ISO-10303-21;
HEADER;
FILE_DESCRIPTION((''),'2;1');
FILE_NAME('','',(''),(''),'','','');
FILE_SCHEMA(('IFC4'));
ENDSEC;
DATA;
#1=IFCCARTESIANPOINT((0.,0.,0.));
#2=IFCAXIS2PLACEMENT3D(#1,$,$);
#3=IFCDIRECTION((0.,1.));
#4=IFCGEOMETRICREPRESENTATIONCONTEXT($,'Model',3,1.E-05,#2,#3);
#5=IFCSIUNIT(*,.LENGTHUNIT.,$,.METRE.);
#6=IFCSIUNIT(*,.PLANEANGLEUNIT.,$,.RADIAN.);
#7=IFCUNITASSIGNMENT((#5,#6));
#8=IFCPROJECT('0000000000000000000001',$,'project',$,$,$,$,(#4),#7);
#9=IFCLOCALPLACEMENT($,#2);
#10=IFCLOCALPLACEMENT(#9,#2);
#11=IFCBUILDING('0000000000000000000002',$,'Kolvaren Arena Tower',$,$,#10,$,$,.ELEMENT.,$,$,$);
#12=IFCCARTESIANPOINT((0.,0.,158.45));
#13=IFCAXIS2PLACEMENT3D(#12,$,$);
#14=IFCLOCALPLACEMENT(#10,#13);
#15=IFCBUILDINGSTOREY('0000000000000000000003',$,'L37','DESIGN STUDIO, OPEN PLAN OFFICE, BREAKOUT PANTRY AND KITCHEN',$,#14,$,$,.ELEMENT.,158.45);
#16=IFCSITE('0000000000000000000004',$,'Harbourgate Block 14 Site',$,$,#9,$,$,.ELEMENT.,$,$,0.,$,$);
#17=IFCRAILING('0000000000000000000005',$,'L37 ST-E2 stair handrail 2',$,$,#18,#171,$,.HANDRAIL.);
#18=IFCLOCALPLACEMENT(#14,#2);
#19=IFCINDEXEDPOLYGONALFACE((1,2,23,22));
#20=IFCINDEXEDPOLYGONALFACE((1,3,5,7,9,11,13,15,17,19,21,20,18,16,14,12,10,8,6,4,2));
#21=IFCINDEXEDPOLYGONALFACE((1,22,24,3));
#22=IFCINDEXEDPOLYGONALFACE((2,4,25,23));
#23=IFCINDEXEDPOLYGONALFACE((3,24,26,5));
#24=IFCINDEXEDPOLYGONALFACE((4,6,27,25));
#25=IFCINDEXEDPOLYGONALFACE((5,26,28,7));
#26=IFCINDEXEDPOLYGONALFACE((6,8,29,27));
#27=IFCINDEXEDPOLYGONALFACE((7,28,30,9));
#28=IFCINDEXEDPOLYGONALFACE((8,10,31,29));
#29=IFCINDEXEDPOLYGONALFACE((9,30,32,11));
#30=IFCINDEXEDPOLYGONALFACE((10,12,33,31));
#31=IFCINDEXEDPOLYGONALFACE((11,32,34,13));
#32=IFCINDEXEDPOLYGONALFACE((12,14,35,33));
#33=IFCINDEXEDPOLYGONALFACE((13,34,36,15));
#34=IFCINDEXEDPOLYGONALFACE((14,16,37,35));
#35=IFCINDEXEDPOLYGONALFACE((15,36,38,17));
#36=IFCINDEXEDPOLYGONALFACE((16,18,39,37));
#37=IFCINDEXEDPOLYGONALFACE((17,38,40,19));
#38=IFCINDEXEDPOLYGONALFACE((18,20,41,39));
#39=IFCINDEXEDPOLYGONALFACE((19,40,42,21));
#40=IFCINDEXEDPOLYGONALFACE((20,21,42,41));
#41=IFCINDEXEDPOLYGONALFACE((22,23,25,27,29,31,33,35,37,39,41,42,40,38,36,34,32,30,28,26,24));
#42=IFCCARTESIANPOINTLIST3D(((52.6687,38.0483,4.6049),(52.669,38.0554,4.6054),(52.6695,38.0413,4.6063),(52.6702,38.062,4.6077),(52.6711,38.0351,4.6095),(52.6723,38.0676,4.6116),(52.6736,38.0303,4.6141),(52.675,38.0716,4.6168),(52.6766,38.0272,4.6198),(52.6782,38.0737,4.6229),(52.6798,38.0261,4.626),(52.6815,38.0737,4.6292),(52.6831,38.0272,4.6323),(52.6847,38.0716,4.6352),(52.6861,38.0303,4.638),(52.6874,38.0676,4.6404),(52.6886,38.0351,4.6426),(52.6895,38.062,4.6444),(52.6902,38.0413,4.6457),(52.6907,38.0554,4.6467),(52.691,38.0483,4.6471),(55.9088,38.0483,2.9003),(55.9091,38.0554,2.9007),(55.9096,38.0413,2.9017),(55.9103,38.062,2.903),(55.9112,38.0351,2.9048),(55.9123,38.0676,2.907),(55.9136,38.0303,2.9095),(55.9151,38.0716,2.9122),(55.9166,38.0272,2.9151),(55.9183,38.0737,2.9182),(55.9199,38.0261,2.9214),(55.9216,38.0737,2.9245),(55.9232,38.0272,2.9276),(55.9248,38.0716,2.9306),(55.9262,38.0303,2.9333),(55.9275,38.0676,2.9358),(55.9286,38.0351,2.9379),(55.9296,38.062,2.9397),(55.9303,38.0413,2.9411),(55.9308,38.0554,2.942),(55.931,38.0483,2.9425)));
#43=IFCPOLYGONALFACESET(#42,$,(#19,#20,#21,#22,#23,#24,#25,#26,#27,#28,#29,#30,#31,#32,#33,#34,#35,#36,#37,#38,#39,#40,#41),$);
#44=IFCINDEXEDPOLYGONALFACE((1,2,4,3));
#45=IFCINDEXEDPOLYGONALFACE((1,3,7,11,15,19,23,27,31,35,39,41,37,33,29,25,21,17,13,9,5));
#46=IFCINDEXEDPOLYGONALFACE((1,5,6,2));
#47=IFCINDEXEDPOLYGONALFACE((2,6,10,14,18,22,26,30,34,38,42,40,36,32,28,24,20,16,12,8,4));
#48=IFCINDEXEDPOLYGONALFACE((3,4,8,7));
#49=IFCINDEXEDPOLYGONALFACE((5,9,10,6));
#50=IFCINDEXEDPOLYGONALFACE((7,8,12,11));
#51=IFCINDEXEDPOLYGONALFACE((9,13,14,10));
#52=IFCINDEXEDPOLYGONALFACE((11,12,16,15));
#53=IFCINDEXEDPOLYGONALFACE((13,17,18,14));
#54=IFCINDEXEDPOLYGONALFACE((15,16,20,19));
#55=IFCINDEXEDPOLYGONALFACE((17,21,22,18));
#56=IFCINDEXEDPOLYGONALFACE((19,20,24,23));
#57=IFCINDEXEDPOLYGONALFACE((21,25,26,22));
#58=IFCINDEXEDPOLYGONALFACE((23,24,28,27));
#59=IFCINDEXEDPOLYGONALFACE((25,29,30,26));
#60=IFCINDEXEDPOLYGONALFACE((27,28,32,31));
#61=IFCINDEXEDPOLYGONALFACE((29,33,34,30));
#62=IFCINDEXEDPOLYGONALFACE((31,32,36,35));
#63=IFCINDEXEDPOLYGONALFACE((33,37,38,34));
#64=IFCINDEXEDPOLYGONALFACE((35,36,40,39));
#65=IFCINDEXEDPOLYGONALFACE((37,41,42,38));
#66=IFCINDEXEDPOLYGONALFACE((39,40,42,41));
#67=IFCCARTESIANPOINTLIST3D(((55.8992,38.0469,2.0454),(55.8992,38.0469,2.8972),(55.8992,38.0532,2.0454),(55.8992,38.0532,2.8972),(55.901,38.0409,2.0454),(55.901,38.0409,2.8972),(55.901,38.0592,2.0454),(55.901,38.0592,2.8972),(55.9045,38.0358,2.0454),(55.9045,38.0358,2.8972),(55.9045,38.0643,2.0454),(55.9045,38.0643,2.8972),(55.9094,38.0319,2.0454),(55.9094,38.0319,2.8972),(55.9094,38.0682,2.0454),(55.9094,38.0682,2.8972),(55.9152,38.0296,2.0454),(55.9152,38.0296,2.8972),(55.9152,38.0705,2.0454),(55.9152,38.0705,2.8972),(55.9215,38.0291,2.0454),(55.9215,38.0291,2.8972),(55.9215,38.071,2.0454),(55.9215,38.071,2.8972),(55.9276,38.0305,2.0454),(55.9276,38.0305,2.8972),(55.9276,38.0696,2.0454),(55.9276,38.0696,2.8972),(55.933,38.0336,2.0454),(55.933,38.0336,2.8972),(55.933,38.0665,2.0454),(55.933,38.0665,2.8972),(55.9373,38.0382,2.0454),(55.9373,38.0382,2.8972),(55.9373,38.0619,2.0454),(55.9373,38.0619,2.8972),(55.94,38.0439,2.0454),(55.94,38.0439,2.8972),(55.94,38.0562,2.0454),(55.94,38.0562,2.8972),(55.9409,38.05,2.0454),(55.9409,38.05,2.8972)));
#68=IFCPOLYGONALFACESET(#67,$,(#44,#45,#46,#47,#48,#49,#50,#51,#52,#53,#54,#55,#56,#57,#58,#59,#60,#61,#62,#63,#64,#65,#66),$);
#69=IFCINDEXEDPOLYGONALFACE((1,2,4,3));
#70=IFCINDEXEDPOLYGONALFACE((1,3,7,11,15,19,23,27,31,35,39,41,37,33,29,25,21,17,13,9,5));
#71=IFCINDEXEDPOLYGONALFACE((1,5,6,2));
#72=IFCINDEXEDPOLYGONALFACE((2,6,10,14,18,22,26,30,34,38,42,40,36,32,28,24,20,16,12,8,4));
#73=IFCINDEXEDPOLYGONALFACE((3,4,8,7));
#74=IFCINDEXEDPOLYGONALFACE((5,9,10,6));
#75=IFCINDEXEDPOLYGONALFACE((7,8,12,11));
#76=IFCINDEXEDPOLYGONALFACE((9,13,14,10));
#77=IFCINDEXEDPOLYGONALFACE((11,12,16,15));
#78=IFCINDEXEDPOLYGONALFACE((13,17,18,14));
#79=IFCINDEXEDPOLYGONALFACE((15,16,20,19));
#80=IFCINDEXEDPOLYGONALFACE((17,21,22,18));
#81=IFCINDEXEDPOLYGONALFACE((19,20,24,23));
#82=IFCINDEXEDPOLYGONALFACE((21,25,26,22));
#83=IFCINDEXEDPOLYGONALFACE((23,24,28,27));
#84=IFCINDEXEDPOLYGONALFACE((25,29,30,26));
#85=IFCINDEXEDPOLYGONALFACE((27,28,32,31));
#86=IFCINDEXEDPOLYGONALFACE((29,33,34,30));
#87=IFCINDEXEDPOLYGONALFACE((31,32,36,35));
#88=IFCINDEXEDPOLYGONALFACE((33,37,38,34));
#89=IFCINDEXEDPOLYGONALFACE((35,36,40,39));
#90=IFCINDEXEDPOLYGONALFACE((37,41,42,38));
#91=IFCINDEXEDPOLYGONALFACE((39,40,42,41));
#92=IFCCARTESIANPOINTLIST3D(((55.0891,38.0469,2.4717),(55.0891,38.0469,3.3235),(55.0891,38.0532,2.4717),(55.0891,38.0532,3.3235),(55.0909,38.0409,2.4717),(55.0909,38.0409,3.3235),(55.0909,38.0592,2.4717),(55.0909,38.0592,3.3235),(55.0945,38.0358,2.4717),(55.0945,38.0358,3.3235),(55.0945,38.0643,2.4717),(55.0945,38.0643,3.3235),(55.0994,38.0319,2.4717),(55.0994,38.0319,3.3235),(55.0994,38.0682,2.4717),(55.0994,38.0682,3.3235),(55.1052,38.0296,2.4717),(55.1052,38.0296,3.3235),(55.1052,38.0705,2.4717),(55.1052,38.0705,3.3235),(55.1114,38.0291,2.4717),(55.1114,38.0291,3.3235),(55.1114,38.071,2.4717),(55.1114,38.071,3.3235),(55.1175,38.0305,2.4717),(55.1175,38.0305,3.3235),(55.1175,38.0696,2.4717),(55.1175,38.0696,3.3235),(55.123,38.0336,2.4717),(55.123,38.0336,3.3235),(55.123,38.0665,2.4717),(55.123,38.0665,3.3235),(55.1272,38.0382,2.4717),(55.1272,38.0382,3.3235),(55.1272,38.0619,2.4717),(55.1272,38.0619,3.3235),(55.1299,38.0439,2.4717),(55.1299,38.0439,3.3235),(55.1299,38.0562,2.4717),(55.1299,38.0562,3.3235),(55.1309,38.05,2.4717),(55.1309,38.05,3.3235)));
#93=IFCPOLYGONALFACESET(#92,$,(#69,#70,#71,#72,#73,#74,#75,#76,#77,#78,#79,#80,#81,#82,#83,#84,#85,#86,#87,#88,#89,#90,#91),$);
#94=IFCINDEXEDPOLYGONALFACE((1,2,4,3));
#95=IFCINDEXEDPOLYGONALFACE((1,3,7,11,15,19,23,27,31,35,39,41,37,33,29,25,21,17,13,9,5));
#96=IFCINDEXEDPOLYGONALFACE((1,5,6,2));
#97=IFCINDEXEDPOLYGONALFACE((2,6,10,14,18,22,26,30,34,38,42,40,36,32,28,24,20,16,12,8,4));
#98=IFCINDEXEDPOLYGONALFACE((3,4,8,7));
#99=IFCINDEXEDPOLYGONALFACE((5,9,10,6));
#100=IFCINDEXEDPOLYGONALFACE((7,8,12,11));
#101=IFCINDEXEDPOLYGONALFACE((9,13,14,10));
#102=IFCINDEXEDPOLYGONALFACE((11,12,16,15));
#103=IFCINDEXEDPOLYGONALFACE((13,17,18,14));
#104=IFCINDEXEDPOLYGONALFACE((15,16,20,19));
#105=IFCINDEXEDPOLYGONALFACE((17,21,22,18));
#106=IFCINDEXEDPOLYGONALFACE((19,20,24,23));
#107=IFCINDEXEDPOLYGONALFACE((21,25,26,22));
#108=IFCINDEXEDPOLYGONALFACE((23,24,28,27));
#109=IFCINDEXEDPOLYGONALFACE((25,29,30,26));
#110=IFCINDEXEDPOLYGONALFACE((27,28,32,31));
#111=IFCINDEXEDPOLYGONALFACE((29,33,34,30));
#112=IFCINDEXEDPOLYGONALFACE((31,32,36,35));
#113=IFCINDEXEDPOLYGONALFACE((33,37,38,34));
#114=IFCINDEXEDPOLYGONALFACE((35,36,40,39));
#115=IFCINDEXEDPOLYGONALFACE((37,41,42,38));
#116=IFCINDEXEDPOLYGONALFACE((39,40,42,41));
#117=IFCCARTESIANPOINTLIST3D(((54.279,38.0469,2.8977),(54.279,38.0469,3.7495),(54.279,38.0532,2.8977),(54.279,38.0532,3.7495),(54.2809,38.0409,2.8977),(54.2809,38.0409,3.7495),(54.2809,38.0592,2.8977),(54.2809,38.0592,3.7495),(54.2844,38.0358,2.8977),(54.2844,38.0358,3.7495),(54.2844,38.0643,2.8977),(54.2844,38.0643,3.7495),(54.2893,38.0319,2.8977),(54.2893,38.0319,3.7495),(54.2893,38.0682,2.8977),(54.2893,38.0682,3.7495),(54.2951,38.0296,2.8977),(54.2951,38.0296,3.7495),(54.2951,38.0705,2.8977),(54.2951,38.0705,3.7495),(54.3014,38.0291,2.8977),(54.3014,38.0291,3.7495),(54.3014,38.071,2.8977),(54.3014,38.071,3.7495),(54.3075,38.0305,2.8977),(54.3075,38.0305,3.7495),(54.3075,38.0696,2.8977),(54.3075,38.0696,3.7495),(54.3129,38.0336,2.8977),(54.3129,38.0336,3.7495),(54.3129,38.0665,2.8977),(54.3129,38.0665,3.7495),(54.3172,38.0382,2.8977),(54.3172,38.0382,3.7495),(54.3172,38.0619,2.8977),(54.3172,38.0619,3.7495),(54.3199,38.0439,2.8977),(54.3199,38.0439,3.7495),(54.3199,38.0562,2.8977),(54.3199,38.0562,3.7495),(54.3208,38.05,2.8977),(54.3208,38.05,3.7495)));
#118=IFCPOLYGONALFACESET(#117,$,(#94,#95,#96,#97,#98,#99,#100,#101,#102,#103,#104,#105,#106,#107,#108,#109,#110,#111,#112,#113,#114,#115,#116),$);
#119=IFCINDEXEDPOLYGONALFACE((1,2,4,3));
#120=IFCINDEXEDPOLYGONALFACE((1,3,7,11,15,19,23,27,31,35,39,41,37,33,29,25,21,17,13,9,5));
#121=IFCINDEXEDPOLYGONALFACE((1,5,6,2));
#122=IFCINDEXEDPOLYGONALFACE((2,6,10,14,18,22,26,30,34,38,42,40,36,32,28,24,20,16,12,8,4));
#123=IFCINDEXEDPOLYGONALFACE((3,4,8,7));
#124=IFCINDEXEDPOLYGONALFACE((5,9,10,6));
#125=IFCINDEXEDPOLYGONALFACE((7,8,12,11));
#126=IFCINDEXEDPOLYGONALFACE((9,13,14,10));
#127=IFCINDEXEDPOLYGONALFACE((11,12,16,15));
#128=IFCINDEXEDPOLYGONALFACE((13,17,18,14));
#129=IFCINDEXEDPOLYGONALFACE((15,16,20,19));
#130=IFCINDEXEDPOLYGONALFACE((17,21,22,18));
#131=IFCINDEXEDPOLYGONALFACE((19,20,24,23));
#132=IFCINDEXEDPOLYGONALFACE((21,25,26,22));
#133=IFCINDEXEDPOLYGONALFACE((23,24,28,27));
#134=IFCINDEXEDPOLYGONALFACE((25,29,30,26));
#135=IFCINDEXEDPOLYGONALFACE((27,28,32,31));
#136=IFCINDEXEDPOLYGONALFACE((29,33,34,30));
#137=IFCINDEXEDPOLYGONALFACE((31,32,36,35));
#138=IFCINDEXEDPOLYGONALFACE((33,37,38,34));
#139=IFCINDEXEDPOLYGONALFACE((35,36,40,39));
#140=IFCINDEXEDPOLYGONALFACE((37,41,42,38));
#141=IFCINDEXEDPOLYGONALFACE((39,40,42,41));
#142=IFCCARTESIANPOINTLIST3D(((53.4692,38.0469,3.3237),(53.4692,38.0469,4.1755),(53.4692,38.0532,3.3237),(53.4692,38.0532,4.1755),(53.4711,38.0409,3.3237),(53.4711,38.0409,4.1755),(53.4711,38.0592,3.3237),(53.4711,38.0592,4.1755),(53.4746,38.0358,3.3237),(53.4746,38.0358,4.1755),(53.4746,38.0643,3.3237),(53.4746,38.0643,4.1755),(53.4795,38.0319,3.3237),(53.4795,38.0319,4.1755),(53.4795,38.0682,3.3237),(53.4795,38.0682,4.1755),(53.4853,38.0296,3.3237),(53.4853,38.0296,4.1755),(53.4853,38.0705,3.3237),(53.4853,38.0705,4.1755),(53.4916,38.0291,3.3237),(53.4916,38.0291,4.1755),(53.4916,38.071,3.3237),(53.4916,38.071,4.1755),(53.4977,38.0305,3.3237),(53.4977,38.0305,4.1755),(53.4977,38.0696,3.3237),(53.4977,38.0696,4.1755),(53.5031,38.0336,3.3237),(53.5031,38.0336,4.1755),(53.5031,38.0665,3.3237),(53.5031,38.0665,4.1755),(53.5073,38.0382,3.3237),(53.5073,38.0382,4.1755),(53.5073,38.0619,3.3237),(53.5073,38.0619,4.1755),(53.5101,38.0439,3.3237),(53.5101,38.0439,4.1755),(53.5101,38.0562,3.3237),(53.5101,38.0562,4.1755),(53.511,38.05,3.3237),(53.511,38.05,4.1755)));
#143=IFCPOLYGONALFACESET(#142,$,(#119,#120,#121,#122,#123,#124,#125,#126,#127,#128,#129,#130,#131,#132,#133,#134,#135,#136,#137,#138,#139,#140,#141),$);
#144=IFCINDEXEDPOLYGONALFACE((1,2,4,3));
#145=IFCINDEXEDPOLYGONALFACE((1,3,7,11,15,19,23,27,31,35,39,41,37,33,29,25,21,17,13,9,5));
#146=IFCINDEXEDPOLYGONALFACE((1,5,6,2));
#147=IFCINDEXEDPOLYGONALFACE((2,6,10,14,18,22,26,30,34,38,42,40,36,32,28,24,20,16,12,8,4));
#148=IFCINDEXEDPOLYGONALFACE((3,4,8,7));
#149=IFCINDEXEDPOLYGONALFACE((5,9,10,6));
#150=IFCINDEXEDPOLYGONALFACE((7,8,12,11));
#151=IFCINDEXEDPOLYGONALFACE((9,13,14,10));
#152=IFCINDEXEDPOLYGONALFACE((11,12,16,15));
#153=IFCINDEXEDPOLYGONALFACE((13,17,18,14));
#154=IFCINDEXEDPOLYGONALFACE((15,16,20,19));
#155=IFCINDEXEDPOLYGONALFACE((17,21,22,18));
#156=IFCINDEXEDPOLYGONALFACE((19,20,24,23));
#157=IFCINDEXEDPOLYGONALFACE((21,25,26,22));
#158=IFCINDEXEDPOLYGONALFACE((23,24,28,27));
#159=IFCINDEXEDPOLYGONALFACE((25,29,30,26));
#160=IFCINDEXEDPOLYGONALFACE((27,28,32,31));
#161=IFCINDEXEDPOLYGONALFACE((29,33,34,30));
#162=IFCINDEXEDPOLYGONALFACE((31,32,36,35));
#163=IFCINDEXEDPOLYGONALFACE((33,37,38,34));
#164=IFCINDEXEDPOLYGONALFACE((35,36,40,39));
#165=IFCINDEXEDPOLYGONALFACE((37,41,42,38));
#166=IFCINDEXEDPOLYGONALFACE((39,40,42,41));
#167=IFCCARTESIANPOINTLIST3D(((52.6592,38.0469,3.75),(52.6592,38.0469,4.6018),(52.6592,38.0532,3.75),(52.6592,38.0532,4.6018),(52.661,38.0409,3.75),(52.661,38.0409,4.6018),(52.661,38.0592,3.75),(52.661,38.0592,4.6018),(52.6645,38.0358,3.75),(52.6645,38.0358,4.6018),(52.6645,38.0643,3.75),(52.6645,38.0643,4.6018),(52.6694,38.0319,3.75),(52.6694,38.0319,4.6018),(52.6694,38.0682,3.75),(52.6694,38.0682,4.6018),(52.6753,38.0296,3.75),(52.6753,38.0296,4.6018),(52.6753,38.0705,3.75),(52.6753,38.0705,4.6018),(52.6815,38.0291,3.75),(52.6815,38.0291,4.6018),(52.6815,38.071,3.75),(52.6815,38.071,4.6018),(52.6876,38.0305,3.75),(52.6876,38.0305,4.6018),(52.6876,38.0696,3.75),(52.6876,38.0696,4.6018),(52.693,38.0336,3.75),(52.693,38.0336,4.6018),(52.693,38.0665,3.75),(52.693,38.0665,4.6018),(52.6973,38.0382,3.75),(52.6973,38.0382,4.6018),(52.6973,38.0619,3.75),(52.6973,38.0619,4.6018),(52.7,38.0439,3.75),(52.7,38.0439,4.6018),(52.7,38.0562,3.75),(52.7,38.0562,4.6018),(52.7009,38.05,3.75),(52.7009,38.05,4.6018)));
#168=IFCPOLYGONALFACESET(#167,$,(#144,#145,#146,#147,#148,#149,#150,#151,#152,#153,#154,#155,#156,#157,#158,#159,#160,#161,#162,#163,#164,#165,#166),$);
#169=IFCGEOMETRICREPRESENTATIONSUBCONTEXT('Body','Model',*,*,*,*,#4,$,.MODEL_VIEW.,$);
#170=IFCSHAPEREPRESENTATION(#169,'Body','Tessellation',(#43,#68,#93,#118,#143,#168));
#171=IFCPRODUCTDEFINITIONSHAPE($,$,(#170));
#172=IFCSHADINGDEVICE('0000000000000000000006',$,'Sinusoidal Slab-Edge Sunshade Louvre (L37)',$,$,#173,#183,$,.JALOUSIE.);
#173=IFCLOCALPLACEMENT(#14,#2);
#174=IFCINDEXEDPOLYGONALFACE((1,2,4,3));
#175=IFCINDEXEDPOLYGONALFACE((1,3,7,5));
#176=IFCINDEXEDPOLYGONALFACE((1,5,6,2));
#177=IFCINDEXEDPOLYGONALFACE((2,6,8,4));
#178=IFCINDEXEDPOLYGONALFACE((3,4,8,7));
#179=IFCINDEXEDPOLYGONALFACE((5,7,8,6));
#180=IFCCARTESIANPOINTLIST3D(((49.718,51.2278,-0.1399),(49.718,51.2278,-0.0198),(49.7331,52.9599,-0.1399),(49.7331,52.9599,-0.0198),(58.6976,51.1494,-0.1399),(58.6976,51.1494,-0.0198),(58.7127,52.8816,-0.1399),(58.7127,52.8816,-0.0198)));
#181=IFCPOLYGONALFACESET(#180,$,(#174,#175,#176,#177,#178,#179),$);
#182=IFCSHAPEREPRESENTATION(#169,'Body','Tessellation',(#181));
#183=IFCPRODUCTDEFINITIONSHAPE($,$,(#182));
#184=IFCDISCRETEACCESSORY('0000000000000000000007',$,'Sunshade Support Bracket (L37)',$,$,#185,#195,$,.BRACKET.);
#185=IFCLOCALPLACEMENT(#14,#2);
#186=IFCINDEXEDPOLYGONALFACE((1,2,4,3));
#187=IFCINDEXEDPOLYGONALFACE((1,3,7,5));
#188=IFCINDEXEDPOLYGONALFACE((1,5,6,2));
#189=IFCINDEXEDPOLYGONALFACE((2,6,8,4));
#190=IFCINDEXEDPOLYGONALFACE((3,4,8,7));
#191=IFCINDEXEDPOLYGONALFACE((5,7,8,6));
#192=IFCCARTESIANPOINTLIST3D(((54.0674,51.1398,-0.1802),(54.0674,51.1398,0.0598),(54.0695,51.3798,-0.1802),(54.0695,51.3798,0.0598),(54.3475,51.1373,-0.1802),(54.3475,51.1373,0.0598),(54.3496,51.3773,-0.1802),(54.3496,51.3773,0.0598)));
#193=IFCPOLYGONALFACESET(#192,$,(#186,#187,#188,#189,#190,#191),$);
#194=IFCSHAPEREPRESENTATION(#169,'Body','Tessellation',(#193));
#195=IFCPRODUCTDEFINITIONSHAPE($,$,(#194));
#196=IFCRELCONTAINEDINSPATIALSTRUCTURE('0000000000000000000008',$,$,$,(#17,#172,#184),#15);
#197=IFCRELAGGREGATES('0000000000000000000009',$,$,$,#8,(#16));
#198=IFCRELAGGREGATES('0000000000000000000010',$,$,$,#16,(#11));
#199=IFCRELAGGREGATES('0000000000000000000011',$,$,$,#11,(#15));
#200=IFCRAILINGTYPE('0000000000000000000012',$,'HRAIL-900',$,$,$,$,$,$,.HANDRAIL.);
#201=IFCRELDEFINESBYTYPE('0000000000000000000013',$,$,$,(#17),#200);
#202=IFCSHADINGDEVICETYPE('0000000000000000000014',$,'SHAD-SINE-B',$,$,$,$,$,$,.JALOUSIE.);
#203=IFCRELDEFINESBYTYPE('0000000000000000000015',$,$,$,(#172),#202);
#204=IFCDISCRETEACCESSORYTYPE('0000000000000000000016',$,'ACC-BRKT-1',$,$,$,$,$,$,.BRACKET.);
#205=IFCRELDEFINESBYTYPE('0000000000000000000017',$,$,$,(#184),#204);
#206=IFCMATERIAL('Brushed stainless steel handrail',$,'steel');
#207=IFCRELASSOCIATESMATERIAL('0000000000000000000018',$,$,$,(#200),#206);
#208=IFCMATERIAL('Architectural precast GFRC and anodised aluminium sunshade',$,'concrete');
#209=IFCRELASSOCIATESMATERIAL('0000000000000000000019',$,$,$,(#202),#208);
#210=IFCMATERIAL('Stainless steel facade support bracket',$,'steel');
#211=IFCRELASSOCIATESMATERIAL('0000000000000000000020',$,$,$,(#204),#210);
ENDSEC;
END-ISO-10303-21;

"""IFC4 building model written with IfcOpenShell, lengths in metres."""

from ifc_helpers import new_model, si_unit, direction, frame, origin, origin_2d, place, context, subcontext, project, spatial, rectangle, circle, extrude, material, type_object, element, save


model = new_model("IFC4")

# Units and contexts
model_context = context("Model", 3, precision=1e-05, world=origin(), true_north=direction((0.0, 1.0)))
body_context = subcontext(model_context, "Body", "Model", "MODEL_VIEW")
ifc_project = project(units=[si_unit("LENGTHUNIT", "METRE"), si_unit("PLANEANGLEUNIT", "RADIAN")], contexts=[model_context])

# Site, building, storey
site_placement = place(None, origin())
site = spatial("IfcSite", under=ifc_project, at=site_placement, Name="Harbourgate Block 14 Site", CompositionType="ELEMENT", RefElevation=0.0)
building_placement = place(site_placement, origin())
building = spatial("IfcBuilding", under=site, at=building_placement, Name="Kolvaren Arena Tower", CompositionType="ELEMENT")
storey_placement = place(building_placement, frame((0.0, 0.0, 158.45)))
storey = spatial("IfcBuildingStorey", under=building, at=storey_placement, Name="L37", Description="DESIGN STUDIO, OPEN PLAN OFFICE, BREAKOUT PANTRY AND KITCHEN", CompositionType="ELEMENT", Elevation=158.45)

# Railing
ifc_material_1 = material(Name="Brushed stainless steel handrail", Category="steel")
railing_type = type_object("IfcRailingType", Name="HRAIL-900", PredefinedType="HANDRAIL", material=ifc_material_1)
railing_placement = place(storey_placement, frame((55.9199, 38.05, 2.0454)))
element("IfcRailing", 1, at=railing_placement, inside=storey, type_object=railing_type, Name="L37 ST-E2 stair handrail 2", PredefinedType="HANDRAIL", context=body_context, shape_type="SweptSolid", body=[
    extrude(circle(Radius=0.0239, at=origin_2d()), frame((0.0, 0.0, 0.876), z_axis=(-0.884993, 0.0, 0.465604), x_axis=(0.0, -1.0, 0.0)), (0.0, 0.0, 1.0), 3.6611),
    extrude(circle(Radius=0.021, at=origin_2d()), origin(), (0.0, 0.0, 1.0), 0.8518),
    extrude(circle(Radius=0.021, at=origin_2d()), frame((-0.8101, 0.0, 0.4263)), (0.0, 0.0, 1.0), 0.8518),
    extrude(circle(Radius=0.021, at=origin_2d()), frame((-1.6201, 0.0, 0.8523)), (0.0, 0.0, 1.0), 0.8518),
    extrude(circle(Radius=0.021, at=origin_2d()), frame((-2.4299, 0.0, 1.2783)), (0.0, 0.0, 1.0), 0.8518),
    extrude(circle(Radius=0.021, at=origin_2d()), frame((-3.24, 0.0, 1.7046)), (0.0, 0.0, 1.0), 0.8518),
])

# Shading device
ifc_material_2 = material(Name="Architectural precast GFRC and anodised aluminium sunshade", Category="concrete")
shading_device_type = type_object("IfcShadingDeviceType", Name="SHAD-SINE-B", PredefinedType="JALOUSIE", material=ifc_material_2)
shading_device_placement = place(storey_placement, frame((54.2153, 52.0547, -0.1399), z_axis=(0.0, 0.0, 1.0), x_axis=(0.999962, -0.008727, 0.0)))
element("IfcShadingDevice", 2, at=shading_device_placement, inside=storey, type_object=shading_device_type, Name="Sinusoidal Slab-Edge Sunshade Louvre (L37)", PredefinedType="JALOUSIE", context=body_context, shape_type="SweptSolid", body=[
    extrude(rectangle(XDim=8.98, YDim=1.7322, at=origin_2d()), origin(), (0.0, 0.0, 1.0), 0.1201),
])

# Discrete accessory
ifc_material_3 = material(Name="Stainless steel facade support bracket", Category="steel")
discrete_accessory_type = type_object("IfcDiscreteAccessoryType", Name="ACC-BRKT-1", PredefinedType="BRACKET", material=ifc_material_3)
discrete_accessory_placement = place(storey_placement, frame((54.2085, 51.2585, -0.1802), z_axis=(0.0, 0.0, 1.0), x_axis=(0.999962, -0.008727, 0.0)))
element("IfcDiscreteAccessory", 3, at=discrete_accessory_placement, inside=storey, type_object=discrete_accessory_type, Name="Sunshade Support Bracket (L37)", PredefinedType="BRACKET", context=body_context, shape_type="SweptSolid", body=[
    extrude(rectangle(XDim=0.28, YDim=0.24, at=origin_2d()), origin(), (0.0, 0.0, 1.0), 0.24),
])

save(model, "model.ifc")
